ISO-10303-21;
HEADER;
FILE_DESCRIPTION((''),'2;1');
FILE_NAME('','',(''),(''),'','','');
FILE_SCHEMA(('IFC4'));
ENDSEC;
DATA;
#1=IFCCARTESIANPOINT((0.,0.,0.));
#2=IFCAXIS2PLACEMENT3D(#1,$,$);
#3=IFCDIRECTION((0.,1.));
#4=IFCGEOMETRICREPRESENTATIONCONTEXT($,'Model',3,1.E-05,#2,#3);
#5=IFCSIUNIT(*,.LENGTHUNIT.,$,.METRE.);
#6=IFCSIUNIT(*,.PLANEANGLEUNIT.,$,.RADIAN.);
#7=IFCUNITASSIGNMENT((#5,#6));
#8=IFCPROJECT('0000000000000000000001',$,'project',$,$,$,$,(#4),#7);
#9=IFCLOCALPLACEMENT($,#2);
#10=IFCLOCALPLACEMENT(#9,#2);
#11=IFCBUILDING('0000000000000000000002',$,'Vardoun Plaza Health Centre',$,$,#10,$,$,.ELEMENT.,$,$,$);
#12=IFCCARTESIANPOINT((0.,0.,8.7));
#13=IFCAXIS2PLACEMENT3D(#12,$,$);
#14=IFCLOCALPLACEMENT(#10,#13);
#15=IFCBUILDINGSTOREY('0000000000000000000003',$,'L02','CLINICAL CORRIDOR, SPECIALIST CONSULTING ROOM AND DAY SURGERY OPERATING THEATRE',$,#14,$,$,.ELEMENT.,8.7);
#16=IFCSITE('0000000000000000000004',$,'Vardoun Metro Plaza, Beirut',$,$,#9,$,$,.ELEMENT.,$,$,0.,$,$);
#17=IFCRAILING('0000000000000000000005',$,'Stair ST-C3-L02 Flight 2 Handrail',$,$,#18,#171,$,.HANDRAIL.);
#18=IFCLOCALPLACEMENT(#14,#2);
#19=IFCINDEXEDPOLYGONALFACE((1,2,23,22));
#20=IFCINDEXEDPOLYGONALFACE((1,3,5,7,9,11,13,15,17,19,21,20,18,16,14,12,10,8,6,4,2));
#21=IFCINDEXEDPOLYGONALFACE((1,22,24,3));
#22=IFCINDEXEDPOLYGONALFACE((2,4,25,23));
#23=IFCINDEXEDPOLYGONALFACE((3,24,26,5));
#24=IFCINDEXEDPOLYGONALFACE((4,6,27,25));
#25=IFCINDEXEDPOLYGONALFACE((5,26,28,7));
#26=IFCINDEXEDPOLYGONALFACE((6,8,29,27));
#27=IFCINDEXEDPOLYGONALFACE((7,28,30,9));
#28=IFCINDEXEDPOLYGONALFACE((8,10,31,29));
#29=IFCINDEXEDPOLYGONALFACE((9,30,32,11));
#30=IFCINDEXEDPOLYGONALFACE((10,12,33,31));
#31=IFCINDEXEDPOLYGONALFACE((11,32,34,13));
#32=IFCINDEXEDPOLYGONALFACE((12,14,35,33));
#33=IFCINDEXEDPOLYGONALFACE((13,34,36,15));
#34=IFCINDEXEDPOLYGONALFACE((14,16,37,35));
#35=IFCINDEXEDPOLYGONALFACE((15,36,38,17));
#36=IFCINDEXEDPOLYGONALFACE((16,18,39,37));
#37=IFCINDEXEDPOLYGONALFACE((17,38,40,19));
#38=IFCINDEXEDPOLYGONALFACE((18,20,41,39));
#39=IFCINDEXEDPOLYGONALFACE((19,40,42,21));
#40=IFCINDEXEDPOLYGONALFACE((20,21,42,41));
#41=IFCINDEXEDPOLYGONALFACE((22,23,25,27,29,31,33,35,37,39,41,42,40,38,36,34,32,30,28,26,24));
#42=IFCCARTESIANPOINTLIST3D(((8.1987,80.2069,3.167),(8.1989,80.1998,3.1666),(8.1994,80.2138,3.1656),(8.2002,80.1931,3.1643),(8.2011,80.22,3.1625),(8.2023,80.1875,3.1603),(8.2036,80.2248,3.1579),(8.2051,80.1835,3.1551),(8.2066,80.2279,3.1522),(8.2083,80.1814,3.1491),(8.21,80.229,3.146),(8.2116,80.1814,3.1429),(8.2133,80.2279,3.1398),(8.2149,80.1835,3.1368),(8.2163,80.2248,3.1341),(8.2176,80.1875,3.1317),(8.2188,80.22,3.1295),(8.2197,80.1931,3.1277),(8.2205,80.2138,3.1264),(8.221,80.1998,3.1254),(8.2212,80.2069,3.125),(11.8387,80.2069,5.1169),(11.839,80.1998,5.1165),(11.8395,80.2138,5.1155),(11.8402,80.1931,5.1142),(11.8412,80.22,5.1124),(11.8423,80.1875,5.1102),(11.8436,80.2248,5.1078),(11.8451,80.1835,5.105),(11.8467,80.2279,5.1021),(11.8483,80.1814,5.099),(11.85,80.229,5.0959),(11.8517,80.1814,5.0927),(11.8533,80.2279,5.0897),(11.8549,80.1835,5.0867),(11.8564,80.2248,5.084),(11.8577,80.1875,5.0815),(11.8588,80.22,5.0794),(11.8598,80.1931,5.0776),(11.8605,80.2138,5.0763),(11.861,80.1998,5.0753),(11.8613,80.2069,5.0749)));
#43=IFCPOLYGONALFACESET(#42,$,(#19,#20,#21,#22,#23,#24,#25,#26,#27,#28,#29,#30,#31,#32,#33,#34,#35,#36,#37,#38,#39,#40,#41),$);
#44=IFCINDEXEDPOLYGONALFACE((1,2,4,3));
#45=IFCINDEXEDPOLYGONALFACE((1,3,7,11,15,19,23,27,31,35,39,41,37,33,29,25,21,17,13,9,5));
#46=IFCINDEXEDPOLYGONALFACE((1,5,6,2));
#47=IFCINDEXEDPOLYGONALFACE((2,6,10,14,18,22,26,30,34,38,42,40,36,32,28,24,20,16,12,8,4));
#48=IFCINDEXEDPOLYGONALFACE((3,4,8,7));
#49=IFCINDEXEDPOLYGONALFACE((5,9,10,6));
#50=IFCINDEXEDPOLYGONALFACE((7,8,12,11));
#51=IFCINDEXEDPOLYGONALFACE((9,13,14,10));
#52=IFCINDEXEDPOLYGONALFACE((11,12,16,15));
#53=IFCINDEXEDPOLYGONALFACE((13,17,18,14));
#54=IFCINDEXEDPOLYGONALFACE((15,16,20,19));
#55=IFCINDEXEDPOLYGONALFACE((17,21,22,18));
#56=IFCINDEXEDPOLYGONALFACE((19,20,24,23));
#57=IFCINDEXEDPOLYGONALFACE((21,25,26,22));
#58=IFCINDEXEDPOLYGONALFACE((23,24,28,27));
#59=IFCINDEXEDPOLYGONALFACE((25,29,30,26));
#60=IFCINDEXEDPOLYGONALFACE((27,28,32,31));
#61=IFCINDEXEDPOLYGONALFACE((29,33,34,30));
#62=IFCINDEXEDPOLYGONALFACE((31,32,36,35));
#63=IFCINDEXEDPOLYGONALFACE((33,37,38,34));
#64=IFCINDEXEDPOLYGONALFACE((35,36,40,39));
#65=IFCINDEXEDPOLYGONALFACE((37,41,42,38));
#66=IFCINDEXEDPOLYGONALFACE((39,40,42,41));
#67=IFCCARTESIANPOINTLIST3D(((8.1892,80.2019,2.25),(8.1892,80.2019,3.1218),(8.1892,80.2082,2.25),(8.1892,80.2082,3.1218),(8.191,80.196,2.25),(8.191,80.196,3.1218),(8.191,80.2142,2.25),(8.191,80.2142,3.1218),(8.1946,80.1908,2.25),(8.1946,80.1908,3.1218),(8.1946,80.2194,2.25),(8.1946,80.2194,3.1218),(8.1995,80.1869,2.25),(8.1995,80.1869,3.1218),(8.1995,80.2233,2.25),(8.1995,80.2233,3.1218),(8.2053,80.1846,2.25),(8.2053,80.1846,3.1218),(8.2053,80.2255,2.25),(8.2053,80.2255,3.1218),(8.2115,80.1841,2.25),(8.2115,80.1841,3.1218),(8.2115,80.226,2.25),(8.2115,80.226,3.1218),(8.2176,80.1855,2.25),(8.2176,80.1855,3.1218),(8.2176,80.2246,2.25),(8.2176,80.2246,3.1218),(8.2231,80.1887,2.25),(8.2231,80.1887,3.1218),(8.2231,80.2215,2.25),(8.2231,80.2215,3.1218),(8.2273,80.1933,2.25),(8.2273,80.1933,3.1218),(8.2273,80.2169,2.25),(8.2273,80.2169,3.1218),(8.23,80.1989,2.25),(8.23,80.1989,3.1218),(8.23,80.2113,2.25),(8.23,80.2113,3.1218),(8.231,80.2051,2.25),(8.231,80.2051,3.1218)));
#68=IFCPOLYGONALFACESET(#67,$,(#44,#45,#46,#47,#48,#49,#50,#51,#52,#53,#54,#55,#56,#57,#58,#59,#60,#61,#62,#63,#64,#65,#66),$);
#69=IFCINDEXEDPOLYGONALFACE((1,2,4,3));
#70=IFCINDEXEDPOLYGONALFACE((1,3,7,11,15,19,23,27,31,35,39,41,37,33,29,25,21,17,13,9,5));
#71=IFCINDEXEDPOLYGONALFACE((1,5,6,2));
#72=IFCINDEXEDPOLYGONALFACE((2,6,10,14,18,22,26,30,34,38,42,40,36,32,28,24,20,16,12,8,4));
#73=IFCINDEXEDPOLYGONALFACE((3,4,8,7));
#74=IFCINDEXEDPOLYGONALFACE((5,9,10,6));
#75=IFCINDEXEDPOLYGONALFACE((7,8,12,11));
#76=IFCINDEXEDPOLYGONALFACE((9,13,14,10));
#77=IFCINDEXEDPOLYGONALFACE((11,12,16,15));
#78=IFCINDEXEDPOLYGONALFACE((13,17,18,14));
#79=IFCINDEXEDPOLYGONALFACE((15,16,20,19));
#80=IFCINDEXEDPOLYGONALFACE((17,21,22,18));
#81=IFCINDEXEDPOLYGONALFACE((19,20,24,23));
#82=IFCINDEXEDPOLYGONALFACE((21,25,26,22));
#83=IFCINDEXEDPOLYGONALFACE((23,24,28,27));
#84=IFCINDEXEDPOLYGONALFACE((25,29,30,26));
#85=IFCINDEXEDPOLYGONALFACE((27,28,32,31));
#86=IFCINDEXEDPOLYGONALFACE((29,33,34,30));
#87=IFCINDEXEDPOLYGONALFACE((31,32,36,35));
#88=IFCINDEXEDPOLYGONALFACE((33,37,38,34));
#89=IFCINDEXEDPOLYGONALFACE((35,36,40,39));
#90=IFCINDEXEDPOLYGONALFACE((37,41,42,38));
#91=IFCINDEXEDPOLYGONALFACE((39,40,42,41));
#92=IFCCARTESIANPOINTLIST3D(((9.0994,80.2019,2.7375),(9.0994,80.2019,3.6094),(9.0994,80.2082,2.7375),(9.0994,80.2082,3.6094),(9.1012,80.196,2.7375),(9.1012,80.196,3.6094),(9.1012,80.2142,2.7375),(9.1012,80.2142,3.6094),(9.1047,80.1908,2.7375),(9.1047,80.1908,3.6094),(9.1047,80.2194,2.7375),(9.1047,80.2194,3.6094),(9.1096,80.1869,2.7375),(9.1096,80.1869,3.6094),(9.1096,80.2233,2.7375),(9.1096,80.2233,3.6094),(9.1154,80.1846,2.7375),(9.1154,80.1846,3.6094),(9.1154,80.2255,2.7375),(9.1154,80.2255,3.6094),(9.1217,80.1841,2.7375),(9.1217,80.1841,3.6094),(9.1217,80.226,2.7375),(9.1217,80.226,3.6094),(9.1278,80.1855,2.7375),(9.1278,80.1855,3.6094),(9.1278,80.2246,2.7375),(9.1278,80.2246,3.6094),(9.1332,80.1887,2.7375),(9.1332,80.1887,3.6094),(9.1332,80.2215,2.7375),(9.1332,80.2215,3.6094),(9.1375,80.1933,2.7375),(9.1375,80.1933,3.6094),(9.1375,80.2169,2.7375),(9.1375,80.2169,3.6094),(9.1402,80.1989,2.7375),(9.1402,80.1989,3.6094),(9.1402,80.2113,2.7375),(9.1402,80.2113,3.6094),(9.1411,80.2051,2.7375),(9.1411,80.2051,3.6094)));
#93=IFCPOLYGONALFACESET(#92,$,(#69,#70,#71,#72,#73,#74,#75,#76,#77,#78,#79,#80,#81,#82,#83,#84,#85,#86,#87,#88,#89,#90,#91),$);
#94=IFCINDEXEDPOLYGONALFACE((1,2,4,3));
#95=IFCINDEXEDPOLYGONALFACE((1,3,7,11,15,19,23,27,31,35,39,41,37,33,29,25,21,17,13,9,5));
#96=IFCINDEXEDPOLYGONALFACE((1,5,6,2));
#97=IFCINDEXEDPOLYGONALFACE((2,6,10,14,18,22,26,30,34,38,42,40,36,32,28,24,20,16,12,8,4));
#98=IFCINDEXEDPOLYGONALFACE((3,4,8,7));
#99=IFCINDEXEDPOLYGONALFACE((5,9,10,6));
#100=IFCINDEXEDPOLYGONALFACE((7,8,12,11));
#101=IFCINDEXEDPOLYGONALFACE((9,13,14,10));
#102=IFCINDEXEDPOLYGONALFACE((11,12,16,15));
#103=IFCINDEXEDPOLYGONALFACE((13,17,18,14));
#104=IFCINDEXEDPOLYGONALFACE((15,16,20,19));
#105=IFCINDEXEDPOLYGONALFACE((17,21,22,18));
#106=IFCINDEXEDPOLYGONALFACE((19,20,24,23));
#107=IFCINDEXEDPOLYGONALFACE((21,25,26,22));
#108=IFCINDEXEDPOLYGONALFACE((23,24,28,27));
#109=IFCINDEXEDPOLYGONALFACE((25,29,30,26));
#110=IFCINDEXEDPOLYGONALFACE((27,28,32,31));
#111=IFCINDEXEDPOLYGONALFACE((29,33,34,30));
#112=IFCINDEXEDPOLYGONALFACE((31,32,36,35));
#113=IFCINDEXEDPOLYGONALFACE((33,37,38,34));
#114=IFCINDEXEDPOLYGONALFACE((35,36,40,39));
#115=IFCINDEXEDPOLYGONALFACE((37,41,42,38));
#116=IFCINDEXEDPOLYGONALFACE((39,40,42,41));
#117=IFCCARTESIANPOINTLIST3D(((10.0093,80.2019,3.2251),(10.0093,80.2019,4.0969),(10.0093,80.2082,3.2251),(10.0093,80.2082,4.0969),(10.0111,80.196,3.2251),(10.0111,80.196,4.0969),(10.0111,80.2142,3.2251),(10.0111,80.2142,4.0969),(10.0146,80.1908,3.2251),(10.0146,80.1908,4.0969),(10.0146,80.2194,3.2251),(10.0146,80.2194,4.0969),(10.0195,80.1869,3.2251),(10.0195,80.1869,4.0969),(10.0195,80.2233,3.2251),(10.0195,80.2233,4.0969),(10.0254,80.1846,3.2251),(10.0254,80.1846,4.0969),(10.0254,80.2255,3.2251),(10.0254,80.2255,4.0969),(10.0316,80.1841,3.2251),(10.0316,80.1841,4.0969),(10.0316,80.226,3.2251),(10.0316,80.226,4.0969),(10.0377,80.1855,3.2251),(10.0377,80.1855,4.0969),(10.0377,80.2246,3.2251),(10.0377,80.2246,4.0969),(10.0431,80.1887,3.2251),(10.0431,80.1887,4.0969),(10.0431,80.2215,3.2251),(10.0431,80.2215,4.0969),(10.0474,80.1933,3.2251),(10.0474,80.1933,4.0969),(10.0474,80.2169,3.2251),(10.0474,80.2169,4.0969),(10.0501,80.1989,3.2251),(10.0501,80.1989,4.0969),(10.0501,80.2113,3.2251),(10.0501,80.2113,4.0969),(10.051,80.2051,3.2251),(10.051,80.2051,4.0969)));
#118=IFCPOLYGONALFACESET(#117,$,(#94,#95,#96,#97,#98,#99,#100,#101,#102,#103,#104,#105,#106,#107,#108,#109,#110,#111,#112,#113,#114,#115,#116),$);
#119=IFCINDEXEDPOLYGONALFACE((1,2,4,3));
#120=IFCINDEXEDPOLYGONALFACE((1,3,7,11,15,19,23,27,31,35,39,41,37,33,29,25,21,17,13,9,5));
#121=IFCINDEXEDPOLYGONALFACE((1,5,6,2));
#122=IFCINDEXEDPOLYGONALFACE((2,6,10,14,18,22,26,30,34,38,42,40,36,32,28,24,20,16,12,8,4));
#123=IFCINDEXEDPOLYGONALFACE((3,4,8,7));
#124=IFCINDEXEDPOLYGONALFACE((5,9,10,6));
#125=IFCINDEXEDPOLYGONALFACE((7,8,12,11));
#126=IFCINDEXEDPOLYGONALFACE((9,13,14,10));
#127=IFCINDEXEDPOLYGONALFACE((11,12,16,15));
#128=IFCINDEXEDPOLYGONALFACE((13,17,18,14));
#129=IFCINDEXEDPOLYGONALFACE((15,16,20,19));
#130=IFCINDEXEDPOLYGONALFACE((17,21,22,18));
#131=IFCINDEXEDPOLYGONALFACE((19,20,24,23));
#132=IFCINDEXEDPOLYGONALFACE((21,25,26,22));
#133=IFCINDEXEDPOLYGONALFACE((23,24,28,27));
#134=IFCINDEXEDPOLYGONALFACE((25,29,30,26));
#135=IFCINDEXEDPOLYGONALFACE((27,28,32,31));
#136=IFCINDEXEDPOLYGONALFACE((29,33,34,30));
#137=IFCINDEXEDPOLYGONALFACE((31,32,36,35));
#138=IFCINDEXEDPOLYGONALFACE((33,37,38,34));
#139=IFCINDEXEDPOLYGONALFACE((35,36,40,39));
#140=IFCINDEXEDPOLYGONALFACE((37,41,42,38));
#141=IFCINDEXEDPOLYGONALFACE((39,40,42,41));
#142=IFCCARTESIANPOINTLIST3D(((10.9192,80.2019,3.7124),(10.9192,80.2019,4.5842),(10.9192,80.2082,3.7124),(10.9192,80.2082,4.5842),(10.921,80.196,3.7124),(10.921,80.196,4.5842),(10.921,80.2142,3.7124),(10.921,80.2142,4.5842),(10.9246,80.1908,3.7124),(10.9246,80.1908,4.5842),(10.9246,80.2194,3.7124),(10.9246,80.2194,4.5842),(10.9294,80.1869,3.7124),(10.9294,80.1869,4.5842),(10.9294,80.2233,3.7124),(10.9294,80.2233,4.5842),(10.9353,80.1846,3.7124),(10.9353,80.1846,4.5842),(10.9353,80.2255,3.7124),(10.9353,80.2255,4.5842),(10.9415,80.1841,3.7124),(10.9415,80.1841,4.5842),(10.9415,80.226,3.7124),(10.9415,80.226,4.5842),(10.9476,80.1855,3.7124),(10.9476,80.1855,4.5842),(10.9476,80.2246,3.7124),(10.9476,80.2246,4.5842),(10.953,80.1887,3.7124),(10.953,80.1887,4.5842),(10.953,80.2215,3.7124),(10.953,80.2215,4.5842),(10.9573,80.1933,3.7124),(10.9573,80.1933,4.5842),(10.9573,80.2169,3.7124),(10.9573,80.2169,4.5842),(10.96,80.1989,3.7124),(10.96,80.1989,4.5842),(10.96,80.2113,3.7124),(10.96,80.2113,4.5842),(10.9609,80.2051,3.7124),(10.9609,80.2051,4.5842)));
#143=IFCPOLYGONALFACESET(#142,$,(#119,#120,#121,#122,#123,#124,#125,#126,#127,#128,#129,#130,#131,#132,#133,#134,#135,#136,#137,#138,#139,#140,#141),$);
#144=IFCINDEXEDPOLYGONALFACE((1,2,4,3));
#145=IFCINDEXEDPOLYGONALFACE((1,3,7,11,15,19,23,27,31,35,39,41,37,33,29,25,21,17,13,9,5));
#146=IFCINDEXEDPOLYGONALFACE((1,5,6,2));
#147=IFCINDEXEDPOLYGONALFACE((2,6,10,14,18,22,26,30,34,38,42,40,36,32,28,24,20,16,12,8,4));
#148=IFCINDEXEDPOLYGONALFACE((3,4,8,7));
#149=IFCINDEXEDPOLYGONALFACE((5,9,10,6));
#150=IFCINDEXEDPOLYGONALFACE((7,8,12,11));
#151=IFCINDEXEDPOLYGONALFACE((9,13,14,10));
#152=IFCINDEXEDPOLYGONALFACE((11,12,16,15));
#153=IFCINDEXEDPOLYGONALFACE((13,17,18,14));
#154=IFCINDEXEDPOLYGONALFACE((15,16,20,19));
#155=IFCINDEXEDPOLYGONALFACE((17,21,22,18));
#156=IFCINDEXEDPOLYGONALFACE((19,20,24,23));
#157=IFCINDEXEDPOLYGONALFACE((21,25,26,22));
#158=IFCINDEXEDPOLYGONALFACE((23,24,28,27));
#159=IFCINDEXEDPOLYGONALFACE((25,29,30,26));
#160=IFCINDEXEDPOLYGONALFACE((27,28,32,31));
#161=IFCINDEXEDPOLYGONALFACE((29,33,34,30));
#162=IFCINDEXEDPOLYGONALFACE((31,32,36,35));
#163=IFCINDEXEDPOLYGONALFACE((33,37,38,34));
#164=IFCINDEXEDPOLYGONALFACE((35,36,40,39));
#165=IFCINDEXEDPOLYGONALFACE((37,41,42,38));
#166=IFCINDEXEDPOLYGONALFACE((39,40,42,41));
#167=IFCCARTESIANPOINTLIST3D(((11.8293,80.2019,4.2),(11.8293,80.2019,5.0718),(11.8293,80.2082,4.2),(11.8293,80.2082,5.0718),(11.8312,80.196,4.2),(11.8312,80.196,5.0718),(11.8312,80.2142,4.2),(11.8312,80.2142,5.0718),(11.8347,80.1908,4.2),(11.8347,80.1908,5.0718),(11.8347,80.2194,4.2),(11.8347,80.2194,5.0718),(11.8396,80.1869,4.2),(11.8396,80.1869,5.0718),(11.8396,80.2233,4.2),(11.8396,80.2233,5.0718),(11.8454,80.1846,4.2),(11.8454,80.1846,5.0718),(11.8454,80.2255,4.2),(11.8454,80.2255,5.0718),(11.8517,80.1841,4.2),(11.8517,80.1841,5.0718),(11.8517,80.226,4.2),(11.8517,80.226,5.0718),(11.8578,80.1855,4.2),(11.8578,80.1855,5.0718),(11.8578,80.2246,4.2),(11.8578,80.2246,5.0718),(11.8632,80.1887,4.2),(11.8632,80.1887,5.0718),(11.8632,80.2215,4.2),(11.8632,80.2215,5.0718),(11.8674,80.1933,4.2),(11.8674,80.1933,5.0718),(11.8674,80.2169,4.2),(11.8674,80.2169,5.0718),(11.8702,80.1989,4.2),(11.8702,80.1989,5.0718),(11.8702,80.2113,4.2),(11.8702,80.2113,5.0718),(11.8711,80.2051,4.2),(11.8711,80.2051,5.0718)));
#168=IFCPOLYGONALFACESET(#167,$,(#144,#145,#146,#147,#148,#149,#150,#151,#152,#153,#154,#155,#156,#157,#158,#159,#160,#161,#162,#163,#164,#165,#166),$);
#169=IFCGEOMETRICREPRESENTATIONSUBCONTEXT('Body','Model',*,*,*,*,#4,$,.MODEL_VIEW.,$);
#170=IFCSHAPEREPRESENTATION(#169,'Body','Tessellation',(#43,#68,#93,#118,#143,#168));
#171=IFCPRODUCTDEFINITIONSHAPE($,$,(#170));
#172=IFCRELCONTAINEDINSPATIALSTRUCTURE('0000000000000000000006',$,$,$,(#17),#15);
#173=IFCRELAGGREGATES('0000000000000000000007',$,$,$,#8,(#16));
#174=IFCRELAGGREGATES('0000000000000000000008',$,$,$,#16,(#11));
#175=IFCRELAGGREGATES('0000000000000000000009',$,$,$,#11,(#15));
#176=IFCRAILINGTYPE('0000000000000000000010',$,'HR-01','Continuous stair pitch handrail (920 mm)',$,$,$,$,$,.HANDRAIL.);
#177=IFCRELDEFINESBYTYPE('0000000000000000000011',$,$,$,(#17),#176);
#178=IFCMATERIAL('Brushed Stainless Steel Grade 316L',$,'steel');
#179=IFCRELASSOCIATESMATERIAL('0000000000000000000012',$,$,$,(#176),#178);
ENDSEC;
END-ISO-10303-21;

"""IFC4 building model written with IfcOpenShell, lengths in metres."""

from ifc_helpers import new_model, si_unit, direction, frame, origin, origin_2d, place, context, subcontext, project, spatial, circle, extrude, material, type_object, element, save


model = new_model("IFC4")

# Units and contexts
model_context = context("Model", 3, precision=1e-05, world=origin(), true_north=direction((0.0, 1.0)))
body_context = subcontext(model_context, "Body", "Model", "MODEL_VIEW")
ifc_project = project(units=[si_unit("LENGTHUNIT", "METRE"), si_unit("PLANEANGLEUNIT", "RADIAN")], contexts=[model_context])

# Site, building, storey
site_placement = place(None, origin())
site = spatial("IfcSite", under=ifc_project, at=site_placement, Name="Vardoun Metro Plaza, Beirut", CompositionType="ELEMENT", RefElevation=0.0)
building_placement = place(site_placement, origin())
building = spatial("IfcBuilding", under=site, at=building_placement, Name="Vardoun Plaza Health Centre", CompositionType="ELEMENT")
storey_placement = place(building_placement, frame((0.0, 0.0, 8.7)))
storey = spatial("IfcBuildingStorey", under=building, at=storey_placement, Name="L02", Description="CLINICAL CORRIDOR, SPECIALIST CONSULTING ROOM AND DAY SURGERY OPERATING THEATRE", CompositionType="ELEMENT", Elevation=8.7)

# Railing
ifc_material_1 = material(Name="Brushed Stainless Steel Grade 316L", Category="steel")
railing_type_1 = type_object("IfcRailingType", Name="HR-01", Description="Continuous stair pitch handrail (920 mm)", PredefinedType="HANDRAIL", material=ifc_material_1)
railing_1_placement = place(storey_placement, frame((8.21, 80.2051, 2.25)))
element("IfcRailing", 1, at=railing_1_placement, inside=storey, type_object=railing_type_1, Name="Stair ST-C3-L02 Flight 2 Handrail", PredefinedType="HANDRAIL", context=body_context, shape_type="SweptSolid", body=[
    extrude(circle(Radius=0.0239, at=origin_2d()), frame((0.0, 0.0, 0.896), z_axis=(0.881492, 0.0, 0.472198), x_axis=(0.0, 1.0, 0.0)), (0.0, 0.0, 1.0), 4.1294),
    extrude(circle(Radius=0.021, at=origin_2d()), origin(), (0.0, 0.0, 1.0), 0.8718),
    extrude(circle(Radius=0.021, at=origin_2d()), frame((0.9102, 0.0, 0.4875)), (0.0, 0.0, 1.0), 0.8718),
    extrude(circle(Radius=0.021, at=origin_2d()), frame((1.8201, 0.0, 0.9751)), (0.0, 0.0, 1.0), 0.8718),
    extrude(circle(Radius=0.021, at=origin_2d()), frame((2.73, 0.0, 1.4624)), (0.0, 0.0, 1.0), 0.8718),
    extrude(circle(Radius=0.021, at=origin_2d()), frame((3.6401, 0.0, 1.95)), (0.0, 0.0, 1.0), 0.8718),
])

save(model, "model.ifc")
